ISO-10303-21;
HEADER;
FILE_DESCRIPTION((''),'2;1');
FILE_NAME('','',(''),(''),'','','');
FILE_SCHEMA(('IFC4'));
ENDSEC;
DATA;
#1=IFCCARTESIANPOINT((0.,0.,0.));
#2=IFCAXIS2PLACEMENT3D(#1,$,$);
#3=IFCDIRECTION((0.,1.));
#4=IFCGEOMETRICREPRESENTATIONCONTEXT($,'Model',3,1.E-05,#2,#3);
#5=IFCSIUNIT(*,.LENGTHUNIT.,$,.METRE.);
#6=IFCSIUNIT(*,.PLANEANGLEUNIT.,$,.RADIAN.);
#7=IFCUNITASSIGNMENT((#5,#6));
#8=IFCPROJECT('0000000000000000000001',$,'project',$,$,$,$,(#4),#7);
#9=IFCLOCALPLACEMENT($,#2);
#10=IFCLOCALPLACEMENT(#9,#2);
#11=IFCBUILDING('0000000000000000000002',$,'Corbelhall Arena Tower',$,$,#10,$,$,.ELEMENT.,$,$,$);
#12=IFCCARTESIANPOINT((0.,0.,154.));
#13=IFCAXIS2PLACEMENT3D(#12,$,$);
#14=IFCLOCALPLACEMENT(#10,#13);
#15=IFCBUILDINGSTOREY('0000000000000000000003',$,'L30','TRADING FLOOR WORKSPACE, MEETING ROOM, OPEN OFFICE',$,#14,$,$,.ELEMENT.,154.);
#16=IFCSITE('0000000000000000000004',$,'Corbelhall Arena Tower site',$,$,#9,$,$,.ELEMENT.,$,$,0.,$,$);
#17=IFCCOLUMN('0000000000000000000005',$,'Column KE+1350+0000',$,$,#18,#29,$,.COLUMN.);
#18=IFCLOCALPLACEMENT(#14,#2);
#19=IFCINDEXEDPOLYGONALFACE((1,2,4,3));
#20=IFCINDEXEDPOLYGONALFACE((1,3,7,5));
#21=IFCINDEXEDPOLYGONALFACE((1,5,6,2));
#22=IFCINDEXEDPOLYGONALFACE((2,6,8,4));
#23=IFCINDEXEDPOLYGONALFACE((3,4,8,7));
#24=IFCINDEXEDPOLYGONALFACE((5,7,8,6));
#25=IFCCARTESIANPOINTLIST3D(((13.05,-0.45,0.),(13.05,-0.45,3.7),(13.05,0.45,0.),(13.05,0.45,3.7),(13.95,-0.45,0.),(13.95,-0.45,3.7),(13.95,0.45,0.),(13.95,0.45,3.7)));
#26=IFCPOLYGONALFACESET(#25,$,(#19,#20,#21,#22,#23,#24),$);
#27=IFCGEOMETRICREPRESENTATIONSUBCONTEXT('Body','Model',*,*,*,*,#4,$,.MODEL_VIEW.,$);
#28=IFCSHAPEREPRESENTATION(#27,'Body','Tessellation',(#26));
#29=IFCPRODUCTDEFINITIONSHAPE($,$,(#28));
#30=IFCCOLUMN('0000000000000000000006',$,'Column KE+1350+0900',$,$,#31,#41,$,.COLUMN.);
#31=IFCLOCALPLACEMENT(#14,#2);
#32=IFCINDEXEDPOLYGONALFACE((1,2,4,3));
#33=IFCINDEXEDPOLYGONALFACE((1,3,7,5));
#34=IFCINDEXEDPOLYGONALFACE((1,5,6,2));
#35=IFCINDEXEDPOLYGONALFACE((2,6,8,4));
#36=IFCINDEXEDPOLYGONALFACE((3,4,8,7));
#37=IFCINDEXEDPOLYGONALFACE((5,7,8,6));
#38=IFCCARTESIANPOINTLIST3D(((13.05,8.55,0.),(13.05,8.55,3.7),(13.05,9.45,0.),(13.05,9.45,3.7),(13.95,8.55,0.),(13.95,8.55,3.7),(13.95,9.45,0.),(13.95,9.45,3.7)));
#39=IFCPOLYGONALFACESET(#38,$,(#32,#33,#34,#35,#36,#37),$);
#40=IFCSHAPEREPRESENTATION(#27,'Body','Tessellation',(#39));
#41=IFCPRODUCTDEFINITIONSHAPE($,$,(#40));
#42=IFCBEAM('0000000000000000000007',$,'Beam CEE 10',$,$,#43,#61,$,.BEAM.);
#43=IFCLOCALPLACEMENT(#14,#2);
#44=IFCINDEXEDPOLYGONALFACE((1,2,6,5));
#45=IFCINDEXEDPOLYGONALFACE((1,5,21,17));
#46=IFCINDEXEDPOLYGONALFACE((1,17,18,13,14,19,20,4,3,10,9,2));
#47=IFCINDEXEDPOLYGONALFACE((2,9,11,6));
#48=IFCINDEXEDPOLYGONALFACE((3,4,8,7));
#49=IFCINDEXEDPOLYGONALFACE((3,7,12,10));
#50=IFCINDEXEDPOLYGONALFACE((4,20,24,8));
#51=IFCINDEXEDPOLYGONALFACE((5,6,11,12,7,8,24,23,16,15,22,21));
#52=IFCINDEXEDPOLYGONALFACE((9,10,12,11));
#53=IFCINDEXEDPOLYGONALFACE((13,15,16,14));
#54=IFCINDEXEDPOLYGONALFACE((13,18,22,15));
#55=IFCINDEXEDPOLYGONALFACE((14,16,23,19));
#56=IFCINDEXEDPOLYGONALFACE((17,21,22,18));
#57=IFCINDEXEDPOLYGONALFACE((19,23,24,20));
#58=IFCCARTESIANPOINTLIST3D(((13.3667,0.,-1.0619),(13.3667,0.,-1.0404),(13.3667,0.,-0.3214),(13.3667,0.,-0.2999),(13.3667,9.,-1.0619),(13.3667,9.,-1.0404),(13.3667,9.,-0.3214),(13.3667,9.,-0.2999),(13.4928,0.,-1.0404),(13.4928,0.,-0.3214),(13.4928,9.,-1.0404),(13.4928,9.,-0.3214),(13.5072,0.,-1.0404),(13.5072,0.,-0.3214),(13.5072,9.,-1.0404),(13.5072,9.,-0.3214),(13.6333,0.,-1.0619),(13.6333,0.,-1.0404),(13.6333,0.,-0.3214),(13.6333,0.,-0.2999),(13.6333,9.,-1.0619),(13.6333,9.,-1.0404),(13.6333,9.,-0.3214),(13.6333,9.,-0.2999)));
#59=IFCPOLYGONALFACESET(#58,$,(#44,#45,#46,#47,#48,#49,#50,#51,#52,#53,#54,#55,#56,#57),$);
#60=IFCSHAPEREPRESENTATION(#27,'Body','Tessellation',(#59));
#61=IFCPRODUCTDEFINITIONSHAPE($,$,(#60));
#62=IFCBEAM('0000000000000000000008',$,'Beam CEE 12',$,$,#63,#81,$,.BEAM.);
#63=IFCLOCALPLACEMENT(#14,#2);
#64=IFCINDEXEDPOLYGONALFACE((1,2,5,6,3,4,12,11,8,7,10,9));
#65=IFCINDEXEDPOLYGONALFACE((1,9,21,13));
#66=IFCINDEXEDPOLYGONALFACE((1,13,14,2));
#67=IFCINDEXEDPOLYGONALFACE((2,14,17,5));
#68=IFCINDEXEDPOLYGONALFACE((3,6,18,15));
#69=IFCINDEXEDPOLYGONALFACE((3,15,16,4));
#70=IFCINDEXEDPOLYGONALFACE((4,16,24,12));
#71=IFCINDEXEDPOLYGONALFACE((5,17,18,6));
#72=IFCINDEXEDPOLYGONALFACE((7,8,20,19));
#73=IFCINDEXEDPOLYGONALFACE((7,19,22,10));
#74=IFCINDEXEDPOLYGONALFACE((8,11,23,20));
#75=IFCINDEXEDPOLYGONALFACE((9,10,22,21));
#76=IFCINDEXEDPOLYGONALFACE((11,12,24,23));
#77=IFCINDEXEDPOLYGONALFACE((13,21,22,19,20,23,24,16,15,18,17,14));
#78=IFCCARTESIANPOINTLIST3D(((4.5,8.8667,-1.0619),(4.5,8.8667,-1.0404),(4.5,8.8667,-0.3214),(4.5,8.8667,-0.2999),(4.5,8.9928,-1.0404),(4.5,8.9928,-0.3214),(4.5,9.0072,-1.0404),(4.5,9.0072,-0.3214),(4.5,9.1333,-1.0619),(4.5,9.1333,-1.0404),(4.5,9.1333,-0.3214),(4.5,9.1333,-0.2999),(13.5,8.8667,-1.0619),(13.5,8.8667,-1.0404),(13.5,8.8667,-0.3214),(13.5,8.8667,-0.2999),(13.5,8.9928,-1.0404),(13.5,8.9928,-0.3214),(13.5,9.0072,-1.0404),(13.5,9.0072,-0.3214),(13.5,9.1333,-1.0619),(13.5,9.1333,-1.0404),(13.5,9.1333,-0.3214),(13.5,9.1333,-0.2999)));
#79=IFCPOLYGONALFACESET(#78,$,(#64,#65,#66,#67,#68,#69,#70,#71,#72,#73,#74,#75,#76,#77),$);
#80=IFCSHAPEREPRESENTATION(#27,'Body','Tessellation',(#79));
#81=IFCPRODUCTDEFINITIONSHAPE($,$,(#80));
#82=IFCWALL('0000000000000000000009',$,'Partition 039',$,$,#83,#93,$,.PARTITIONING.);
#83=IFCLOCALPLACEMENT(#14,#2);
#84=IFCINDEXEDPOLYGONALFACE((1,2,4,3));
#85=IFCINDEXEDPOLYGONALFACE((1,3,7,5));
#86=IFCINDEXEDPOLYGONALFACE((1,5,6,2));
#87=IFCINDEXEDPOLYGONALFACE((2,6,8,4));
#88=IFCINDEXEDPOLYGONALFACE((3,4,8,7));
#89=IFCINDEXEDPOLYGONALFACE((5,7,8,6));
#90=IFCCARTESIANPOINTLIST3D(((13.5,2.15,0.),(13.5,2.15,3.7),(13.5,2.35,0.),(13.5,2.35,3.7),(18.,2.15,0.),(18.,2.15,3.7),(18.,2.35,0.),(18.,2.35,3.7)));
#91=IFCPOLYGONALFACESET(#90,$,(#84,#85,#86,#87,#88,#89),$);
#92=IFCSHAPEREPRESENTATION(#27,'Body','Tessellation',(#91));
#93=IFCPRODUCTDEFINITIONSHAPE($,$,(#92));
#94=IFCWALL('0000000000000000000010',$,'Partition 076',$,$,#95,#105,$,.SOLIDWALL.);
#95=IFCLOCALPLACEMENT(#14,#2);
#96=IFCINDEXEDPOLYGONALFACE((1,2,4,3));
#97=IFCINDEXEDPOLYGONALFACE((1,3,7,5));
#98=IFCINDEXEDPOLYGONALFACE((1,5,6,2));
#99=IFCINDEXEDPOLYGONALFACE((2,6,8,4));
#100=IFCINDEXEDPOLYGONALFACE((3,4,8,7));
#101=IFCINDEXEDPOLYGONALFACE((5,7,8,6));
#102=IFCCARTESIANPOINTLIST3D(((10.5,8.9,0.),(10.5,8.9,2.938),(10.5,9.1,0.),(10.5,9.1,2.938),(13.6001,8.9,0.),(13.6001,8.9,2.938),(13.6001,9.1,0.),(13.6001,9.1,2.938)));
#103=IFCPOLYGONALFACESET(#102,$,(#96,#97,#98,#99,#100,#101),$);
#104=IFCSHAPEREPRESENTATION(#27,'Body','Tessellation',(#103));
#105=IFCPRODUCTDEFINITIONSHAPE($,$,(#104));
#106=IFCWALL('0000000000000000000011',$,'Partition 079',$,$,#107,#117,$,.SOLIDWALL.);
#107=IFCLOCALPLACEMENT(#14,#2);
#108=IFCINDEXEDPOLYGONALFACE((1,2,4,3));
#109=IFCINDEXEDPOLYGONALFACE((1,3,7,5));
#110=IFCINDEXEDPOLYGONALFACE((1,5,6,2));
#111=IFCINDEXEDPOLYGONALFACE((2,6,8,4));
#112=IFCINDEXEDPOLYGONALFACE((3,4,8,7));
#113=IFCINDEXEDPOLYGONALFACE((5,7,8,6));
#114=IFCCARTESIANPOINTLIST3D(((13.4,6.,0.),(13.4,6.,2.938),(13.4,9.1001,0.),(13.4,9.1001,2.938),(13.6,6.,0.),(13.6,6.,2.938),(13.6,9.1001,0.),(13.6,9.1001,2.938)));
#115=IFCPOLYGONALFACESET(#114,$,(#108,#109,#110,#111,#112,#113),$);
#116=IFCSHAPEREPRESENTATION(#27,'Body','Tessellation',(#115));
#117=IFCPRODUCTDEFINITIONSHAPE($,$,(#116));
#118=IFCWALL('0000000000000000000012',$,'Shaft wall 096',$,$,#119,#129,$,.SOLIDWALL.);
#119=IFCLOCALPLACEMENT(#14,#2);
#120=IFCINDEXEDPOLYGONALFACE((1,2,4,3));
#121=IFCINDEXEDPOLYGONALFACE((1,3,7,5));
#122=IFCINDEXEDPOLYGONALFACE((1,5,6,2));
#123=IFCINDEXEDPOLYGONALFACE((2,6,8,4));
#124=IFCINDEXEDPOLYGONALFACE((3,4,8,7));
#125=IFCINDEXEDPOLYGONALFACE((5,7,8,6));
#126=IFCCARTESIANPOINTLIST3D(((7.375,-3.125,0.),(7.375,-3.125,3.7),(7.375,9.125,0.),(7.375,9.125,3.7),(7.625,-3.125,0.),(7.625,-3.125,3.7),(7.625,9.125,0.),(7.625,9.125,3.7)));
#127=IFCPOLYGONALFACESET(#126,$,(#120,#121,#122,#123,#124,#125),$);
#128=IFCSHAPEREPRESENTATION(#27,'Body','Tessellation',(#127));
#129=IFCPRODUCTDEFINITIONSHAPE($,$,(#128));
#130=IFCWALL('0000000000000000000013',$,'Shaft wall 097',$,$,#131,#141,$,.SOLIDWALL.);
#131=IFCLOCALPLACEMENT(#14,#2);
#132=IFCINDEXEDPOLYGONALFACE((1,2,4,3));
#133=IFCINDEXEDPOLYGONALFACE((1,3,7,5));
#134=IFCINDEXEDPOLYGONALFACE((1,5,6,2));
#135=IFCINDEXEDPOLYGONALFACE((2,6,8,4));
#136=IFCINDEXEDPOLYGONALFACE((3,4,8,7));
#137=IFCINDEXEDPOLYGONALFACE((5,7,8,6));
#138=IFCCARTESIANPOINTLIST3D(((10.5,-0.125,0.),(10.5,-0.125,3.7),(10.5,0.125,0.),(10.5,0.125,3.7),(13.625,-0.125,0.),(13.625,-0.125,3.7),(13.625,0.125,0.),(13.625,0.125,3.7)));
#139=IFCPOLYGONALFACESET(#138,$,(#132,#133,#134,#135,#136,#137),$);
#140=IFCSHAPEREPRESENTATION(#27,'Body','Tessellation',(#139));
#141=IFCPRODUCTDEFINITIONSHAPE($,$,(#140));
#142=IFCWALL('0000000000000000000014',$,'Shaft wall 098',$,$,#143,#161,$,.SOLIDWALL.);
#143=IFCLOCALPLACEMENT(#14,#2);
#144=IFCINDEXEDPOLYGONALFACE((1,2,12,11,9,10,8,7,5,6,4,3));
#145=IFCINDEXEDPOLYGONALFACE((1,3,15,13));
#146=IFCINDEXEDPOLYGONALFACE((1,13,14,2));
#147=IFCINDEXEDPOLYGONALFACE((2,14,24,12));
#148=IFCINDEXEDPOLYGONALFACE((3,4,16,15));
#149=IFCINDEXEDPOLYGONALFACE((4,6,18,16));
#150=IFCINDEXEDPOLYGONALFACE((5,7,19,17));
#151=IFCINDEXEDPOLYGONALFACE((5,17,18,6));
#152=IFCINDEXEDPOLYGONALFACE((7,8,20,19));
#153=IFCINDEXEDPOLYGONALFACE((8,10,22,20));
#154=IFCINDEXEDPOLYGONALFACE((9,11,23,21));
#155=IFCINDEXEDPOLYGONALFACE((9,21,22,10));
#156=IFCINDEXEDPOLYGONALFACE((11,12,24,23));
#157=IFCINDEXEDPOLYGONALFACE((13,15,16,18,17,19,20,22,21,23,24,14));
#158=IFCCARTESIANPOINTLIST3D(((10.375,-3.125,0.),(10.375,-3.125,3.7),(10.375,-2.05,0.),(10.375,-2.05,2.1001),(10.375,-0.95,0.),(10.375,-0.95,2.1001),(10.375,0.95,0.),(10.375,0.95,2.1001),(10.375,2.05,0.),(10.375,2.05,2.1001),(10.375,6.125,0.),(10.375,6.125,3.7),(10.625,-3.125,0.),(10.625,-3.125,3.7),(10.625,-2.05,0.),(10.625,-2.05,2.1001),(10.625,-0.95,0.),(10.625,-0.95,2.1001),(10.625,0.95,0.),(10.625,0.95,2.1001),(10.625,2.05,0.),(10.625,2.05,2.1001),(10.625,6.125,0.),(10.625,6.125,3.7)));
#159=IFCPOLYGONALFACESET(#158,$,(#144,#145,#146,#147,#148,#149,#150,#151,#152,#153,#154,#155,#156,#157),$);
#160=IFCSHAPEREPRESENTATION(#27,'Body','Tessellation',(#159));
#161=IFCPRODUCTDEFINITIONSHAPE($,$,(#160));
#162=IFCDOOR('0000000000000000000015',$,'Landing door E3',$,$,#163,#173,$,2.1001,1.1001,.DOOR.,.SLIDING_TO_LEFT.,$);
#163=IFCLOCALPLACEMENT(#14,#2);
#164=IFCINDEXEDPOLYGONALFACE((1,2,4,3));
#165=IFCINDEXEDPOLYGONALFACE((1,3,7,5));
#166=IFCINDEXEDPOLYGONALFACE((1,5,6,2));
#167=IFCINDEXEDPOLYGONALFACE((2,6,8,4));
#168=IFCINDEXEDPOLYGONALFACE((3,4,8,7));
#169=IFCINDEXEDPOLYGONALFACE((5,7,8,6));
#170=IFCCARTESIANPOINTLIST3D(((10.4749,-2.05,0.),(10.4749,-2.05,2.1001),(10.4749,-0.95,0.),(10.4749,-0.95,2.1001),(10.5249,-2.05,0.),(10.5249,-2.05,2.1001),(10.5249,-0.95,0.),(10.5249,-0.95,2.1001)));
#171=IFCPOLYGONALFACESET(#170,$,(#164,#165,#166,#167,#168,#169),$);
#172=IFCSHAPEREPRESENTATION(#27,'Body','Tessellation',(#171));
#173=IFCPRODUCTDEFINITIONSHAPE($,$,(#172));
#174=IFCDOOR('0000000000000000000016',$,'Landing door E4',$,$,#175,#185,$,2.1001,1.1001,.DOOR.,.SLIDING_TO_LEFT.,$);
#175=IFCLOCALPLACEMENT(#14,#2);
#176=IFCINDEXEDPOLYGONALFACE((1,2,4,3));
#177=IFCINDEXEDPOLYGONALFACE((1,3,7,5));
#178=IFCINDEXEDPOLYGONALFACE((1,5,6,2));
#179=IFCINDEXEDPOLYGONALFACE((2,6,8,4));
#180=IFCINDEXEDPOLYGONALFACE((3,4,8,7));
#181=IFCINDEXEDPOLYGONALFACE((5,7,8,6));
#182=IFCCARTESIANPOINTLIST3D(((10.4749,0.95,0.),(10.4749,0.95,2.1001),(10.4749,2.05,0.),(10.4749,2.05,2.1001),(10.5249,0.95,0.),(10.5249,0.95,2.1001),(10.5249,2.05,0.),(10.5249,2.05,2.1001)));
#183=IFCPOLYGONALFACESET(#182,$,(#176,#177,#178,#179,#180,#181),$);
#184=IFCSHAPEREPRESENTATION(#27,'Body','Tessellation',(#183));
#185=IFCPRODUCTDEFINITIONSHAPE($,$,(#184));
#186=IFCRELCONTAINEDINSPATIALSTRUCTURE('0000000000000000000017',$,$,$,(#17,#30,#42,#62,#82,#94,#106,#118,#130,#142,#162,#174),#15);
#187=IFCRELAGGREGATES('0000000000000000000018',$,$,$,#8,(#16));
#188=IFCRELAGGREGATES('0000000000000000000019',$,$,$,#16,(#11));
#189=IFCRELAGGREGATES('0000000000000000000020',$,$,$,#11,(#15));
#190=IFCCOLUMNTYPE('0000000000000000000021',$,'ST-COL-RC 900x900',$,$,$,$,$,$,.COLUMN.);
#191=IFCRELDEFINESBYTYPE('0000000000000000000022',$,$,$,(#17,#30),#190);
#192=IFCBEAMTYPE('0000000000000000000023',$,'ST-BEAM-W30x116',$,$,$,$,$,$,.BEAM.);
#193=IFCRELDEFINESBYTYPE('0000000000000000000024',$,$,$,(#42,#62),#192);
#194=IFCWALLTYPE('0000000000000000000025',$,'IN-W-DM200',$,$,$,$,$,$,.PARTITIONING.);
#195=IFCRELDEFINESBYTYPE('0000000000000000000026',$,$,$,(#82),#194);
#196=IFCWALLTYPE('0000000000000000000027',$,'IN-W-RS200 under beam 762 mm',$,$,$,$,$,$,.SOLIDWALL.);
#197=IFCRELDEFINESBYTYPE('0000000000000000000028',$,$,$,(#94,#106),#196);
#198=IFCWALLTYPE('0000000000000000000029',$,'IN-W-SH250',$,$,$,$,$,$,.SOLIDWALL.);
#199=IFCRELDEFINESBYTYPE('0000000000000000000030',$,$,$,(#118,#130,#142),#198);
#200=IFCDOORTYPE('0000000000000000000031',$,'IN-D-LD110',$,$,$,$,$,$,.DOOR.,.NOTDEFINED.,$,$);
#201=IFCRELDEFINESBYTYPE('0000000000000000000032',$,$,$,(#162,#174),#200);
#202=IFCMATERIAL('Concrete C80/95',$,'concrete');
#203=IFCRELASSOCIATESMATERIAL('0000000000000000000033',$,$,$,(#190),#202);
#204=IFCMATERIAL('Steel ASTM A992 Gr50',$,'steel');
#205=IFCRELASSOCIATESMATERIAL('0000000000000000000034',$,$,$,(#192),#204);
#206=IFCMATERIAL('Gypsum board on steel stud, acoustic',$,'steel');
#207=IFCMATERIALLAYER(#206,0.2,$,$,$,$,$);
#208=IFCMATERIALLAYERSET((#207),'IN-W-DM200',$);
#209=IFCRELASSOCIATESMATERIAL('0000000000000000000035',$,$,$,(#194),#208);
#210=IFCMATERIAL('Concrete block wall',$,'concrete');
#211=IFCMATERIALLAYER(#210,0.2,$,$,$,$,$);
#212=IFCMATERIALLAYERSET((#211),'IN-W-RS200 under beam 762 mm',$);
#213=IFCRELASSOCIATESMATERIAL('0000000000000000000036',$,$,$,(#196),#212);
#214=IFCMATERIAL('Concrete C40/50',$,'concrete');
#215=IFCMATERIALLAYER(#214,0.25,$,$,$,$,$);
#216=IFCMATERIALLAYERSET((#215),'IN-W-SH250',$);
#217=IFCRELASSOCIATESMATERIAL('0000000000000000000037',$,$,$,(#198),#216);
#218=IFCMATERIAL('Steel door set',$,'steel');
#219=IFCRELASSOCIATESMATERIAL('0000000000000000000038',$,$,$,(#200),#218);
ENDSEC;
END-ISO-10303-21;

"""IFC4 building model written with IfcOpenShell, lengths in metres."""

from ifc_helpers import new_model, si_unit, direction, frame, frame_2d, origin, origin_2d, place, context, subcontext, project, spatial, rectangle, i_section, extrude, material, layer, layer_set, material_profile, profile_set, type_object, element, fill, save


model = new_model("IFC4")

# Units and contexts
model_context = context("Model", 3, precision=1e-05, world=origin(), true_north=direction((0.0, 1.0)))
body_context = subcontext(model_context, "Body", "Model", "MODEL_VIEW")
ifc_project = project(units=[si_unit("LENGTHUNIT", "METRE"), si_unit("PLANEANGLEUNIT", "RADIAN")], contexts=[model_context])

# Site, building, storey
site_placement = place(None, origin())
site = spatial("IfcSite", under=ifc_project, at=site_placement, Name="Corbelhall Arena Tower site", CompositionType="ELEMENT", RefElevation=0.0)
building_placement = place(site_placement, origin())
building = spatial("IfcBuilding", under=site, at=building_placement, Name="Corbelhall Arena Tower", CompositionType="ELEMENT")
storey_placement = place(building_placement, frame((0.0, 0.0, 154.0)))
storey = spatial("IfcBuildingStorey", under=building, at=storey_placement, Name="L30", Description="TRADING FLOOR WORKSPACE, MEETING ROOM, OPEN OFFICE", CompositionType="ELEMENT", Elevation=154.0)

# Columns
ifc_material_1 = material(Name="Concrete C80/95", Category="concrete")
ifc_material_profile_1 = material_profile(ifc_material_1, rectangle(XDim=0.8999, YDim=0.8999, at=origin_2d()))
ifc_profile_set_1 = profile_set([ifc_material_profile_1], Name="Concrete C80/95")
column_type = type_object("IfcColumnType", Name="ST-COL-RC 900x900", PredefinedType="COLUMN", material=ifc_profile_set_1)
for number, where, z_axis, x_axis, name in (
    (1, (13.5, 0.0, 0.0), (0.0, 0.0, 1.0), (1.0, 0.0, 0.0), "Column KE+1350+0000"),
    (2, (13.5, 9.0, 0.0), (0.0, 0.0, 1.0), (1.0, 0.0, 0.0), "Column KE+1350+0900"),
):
    element("IfcColumn", number, at=place(storey_placement, frame(where, z_axis=z_axis, x_axis=x_axis)), inside=storey, type_object=column_type, Name=name, PredefinedType="COLUMN", context=body_context, shape_type="SweptSolid", body=[
        extrude(rectangle(XDim=0.8999, YDim=0.8999, at=origin_2d()), origin(), (0.0, 0.0, 1.0), 3.7),
    ])

# Beams
ifc_material_2 = material(Name="Steel ASTM A992 Gr50", Category="steel")
ifc_material_profile_2 = material_profile(ifc_material_2, i_section(OverallWidth=0.2666, OverallDepth=0.762, WebThickness=0.0144, FlangeThickness=0.0215, at=origin_2d()))
ifc_profile_set_2 = profile_set([ifc_material_profile_2], Name="Steel ASTM A992 Gr50")
beam_type = type_object("IfcBeamType", Name="ST-BEAM-W30x116", PredefinedType="BEAM", material=ifc_profile_set_2)
for number, where, z_axis, x_axis, name in (
    (3, (13.5, 0.0, -0.6809), (0.0, 1.0, 0.0), (-1.0, 0.0, 0.0), "Beam CEE 10"),
    (4, (4.5, 9.0, -0.6809), (1.0, 0.0, 0.0), (0.0, 1.0, 0.0), "Beam CEE 12"),
):
    element("IfcBeam", number, at=place(storey_placement, frame(where, z_axis=z_axis, x_axis=x_axis)), inside=storey, type_object=beam_type, Name=name, PredefinedType="BEAM", context=body_context, shape_type="SweptSolid", body=[
        extrude(i_section(OverallWidth=0.2666, OverallDepth=0.762, WebThickness=0.0144, FlangeThickness=0.0215, at=origin_2d()), origin(), (0.0, 0.0, 1.0), 9.0),
    ])

# Wall
ifc_material_3 = material(Name="Gypsum board on steel stud, acoustic", Category="steel")
ifc_layer_1 = layer(ifc_material_3, 0.2)
ifc_layer_set_1 = layer_set([ifc_layer_1], Name="IN-W-DM200")
wall_type_1 = type_object("IfcWallType", Name="IN-W-DM200", PredefinedType="PARTITIONING", material=ifc_layer_set_1)
wall_1_placement = place(storey_placement, frame((13.5, 2.25, 0.0), z_axis=(0.0, 0.0, 1.0), x_axis=(1.0, 0.0, 0.0)))
element("IfcWall", 5, at=wall_1_placement, inside=storey, type_object=wall_type_1, Name="Partition 039", PredefinedType="PARTITIONING", context=body_context, shape_type="SweptSolid", body=[
    extrude(rectangle(XDim=4.5, YDim=0.2, at=frame_2d((2.25, 0.0))), origin(), (0.0, 0.0, 1.0), 3.7),
])

# Shared definitions
ifc_material_4 = material(Name="Concrete block wall", Category="concrete")
ifc_material_5 = material(Name="Steel door set", Category="steel")

# Walls
ifc_layer_2 = layer(ifc_material_4, 0.2)
ifc_layer_set_2 = layer_set([ifc_layer_2], Name="IN-W-RS200 under beam 762 mm")
wall_type_2 = type_object("IfcWallType", Name="IN-W-RS200 under beam 762 mm", PredefinedType="SOLIDWALL", material=ifc_layer_set_2)
for number, where, z_axis, x_axis, name in (
    (6, (10.5, 9.0, 0.0), (0.0, 0.0, 1.0), (1.0, 0.0, 0.0), "Partition 076"),
    (7, (13.5, 9.1001, 0.0), (0.0, 0.0, 1.0), (0.0, -1.0, 0.0), "Partition 079"),
):
    element("IfcWall", number, at=place(storey_placement, frame(where, z_axis=z_axis, x_axis=x_axis)), inside=storey, type_object=wall_type_2, Name=name, PredefinedType="SOLIDWALL", context=body_context, shape_type="SweptSolid", body=[
        extrude(rectangle(XDim=3.1001, YDim=0.2, at=frame_2d((1.55, 0.0))), origin(), (0.0, 0.0, 1.0), 2.938),
    ])
ifc_material_6 = material(Name="Concrete C40/50", Category="concrete")
ifc_layer_3 = layer(ifc_material_6, 0.25)
ifc_layer_set_3 = layer_set([ifc_layer_3], Name="IN-W-SH250")
wall_type_3 = type_object("IfcWallType", Name="IN-W-SH250", PredefinedType="SOLIDWALL", material=ifc_layer_set_3)
wall_2_placement = place(storey_placement, frame((7.5, 9.125, 0.0), z_axis=(0.0, 0.0, 1.0), x_axis=(0.0, -1.0, 0.0)))
element("IfcWall", 8, at=wall_2_placement, inside=storey, type_object=wall_type_3, Name="Shaft wall 096", PredefinedType="SOLIDWALL", context=body_context, shape_type="SweptSolid", body=[
    extrude(rectangle(XDim=12.25, YDim=0.25, at=frame_2d((6.125, 0.0))), origin(), (0.0, 0.0, 1.0), 3.7),
])
wall_3_placement = place(storey_placement, frame((10.5, 0.0, 0.0), z_axis=(0.0, 0.0, 1.0), x_axis=(1.0, 0.0, 0.0)))
element("IfcWall", 9, at=wall_3_placement, inside=storey, type_object=wall_type_3, Name="Shaft wall 097", PredefinedType="SOLIDWALL", context=body_context, shape_type="SweptSolid", body=[
    extrude(rectangle(XDim=3.125, YDim=0.25, at=frame_2d((1.5625, 0.0))), origin(), (0.0, 0.0, 1.0), 3.7),
])

# Wall, openings, doors
wall_4_placement = place(storey_placement, frame((10.5, 6.125, 0.0), z_axis=(0.0, 0.0, 1.0), x_axis=(0.0, -1.0, 0.0)))
wall_4 = element("IfcWall", 10, at=wall_4_placement, inside=storey, type_object=wall_type_3, Name="Shaft wall 098", PredefinedType="SOLIDWALL", context=body_context, shape_type="SweptSolid", body=[
    extrude(rectangle(XDim=9.25, YDim=0.25, at=frame_2d((4.625, 0.0))), origin(), (0.0, 0.0, 1.0), 3.7),
])
opening_1_placement = place(wall_4_placement, frame((7.075, 0.0, 0.0)))
opening_1 = element("IfcOpeningElement", 11, at=opening_1_placement, cuts=wall_4, PredefinedType="OPENING", context=body_context, shape_type="SweptSolid", body=[
    extrude(rectangle(XDim=1.1001, YDim=2.1001, at=frame_2d((0.55, 1.05))), frame((0.0, 0.125, 0.0), z_axis=(0.0, -1.0, 0.0), x_axis=(1.0, 0.0, 0.0)), (0.0, 0.0, 1.0), 0.25),
])
opening_2_placement = place(wall_4_placement, frame((4.075, 0.0, 0.0)))
opening_2 = element("IfcOpeningElement", 12, at=opening_2_placement, cuts=wall_4, PredefinedType="OPENING", context=body_context, shape_type="SweptSolid", body=[
    extrude(rectangle(XDim=1.1001, YDim=2.1001, at=frame_2d((0.55, 1.05))), frame((0.0, 0.125, 0.0), z_axis=(0.0, -1.0, 0.0), x_axis=(1.0, 0.0, 0.0)), (0.0, 0.0, 1.0), 0.25),
])
door_type_1 = type_object("IfcDoorType", Name="IN-D-LD110", OperationType="NOTDEFINED", PredefinedType="DOOR", material=ifc_material_5)
door_1_placement = place(opening_1_placement, origin())
door_1 = element("IfcDoor", 13, at=door_1_placement, inside=storey, type_object=door_type_1, Name="Landing door E3", OperationType="SLIDING_TO_LEFT", OverallHeight=2.1001, OverallWidth=1.1001, PredefinedType="DOOR", context=body_context, shape_type="SweptSolid", body=[
    extrude(rectangle(XDim=1.1001, YDim=2.1001, at=frame_2d((0.55, 1.05))), frame((0.0, 0.0249, 0.0), z_axis=(0.0, -1.0, 0.0), x_axis=(1.0, 0.0, 0.0)), (0.0, 0.0, 1.0), 0.05),
])
fill(opening_1, door_1)
door_2_placement = place(opening_2_placement, origin())
door_2 = element("IfcDoor", 14, at=door_2_placement, inside=storey, type_object=door_type_1, Name="Landing door E4", OperationType="SLIDING_TO_LEFT", OverallHeight=2.1001, OverallWidth=1.1001, PredefinedType="DOOR", context=body_context, shape_type="SweptSolid", body=[
    extrude(rectangle(XDim=1.1001, YDim=2.1001, at=frame_2d((0.55, 1.05))), frame((0.0, 0.0249, 0.0), z_axis=(0.0, -1.0, 0.0), x_axis=(1.0, 0.0, 0.0)), (0.0, 0.0, 1.0), 0.05),
])
fill(opening_2, door_2)

save(model, "model.ifc")
